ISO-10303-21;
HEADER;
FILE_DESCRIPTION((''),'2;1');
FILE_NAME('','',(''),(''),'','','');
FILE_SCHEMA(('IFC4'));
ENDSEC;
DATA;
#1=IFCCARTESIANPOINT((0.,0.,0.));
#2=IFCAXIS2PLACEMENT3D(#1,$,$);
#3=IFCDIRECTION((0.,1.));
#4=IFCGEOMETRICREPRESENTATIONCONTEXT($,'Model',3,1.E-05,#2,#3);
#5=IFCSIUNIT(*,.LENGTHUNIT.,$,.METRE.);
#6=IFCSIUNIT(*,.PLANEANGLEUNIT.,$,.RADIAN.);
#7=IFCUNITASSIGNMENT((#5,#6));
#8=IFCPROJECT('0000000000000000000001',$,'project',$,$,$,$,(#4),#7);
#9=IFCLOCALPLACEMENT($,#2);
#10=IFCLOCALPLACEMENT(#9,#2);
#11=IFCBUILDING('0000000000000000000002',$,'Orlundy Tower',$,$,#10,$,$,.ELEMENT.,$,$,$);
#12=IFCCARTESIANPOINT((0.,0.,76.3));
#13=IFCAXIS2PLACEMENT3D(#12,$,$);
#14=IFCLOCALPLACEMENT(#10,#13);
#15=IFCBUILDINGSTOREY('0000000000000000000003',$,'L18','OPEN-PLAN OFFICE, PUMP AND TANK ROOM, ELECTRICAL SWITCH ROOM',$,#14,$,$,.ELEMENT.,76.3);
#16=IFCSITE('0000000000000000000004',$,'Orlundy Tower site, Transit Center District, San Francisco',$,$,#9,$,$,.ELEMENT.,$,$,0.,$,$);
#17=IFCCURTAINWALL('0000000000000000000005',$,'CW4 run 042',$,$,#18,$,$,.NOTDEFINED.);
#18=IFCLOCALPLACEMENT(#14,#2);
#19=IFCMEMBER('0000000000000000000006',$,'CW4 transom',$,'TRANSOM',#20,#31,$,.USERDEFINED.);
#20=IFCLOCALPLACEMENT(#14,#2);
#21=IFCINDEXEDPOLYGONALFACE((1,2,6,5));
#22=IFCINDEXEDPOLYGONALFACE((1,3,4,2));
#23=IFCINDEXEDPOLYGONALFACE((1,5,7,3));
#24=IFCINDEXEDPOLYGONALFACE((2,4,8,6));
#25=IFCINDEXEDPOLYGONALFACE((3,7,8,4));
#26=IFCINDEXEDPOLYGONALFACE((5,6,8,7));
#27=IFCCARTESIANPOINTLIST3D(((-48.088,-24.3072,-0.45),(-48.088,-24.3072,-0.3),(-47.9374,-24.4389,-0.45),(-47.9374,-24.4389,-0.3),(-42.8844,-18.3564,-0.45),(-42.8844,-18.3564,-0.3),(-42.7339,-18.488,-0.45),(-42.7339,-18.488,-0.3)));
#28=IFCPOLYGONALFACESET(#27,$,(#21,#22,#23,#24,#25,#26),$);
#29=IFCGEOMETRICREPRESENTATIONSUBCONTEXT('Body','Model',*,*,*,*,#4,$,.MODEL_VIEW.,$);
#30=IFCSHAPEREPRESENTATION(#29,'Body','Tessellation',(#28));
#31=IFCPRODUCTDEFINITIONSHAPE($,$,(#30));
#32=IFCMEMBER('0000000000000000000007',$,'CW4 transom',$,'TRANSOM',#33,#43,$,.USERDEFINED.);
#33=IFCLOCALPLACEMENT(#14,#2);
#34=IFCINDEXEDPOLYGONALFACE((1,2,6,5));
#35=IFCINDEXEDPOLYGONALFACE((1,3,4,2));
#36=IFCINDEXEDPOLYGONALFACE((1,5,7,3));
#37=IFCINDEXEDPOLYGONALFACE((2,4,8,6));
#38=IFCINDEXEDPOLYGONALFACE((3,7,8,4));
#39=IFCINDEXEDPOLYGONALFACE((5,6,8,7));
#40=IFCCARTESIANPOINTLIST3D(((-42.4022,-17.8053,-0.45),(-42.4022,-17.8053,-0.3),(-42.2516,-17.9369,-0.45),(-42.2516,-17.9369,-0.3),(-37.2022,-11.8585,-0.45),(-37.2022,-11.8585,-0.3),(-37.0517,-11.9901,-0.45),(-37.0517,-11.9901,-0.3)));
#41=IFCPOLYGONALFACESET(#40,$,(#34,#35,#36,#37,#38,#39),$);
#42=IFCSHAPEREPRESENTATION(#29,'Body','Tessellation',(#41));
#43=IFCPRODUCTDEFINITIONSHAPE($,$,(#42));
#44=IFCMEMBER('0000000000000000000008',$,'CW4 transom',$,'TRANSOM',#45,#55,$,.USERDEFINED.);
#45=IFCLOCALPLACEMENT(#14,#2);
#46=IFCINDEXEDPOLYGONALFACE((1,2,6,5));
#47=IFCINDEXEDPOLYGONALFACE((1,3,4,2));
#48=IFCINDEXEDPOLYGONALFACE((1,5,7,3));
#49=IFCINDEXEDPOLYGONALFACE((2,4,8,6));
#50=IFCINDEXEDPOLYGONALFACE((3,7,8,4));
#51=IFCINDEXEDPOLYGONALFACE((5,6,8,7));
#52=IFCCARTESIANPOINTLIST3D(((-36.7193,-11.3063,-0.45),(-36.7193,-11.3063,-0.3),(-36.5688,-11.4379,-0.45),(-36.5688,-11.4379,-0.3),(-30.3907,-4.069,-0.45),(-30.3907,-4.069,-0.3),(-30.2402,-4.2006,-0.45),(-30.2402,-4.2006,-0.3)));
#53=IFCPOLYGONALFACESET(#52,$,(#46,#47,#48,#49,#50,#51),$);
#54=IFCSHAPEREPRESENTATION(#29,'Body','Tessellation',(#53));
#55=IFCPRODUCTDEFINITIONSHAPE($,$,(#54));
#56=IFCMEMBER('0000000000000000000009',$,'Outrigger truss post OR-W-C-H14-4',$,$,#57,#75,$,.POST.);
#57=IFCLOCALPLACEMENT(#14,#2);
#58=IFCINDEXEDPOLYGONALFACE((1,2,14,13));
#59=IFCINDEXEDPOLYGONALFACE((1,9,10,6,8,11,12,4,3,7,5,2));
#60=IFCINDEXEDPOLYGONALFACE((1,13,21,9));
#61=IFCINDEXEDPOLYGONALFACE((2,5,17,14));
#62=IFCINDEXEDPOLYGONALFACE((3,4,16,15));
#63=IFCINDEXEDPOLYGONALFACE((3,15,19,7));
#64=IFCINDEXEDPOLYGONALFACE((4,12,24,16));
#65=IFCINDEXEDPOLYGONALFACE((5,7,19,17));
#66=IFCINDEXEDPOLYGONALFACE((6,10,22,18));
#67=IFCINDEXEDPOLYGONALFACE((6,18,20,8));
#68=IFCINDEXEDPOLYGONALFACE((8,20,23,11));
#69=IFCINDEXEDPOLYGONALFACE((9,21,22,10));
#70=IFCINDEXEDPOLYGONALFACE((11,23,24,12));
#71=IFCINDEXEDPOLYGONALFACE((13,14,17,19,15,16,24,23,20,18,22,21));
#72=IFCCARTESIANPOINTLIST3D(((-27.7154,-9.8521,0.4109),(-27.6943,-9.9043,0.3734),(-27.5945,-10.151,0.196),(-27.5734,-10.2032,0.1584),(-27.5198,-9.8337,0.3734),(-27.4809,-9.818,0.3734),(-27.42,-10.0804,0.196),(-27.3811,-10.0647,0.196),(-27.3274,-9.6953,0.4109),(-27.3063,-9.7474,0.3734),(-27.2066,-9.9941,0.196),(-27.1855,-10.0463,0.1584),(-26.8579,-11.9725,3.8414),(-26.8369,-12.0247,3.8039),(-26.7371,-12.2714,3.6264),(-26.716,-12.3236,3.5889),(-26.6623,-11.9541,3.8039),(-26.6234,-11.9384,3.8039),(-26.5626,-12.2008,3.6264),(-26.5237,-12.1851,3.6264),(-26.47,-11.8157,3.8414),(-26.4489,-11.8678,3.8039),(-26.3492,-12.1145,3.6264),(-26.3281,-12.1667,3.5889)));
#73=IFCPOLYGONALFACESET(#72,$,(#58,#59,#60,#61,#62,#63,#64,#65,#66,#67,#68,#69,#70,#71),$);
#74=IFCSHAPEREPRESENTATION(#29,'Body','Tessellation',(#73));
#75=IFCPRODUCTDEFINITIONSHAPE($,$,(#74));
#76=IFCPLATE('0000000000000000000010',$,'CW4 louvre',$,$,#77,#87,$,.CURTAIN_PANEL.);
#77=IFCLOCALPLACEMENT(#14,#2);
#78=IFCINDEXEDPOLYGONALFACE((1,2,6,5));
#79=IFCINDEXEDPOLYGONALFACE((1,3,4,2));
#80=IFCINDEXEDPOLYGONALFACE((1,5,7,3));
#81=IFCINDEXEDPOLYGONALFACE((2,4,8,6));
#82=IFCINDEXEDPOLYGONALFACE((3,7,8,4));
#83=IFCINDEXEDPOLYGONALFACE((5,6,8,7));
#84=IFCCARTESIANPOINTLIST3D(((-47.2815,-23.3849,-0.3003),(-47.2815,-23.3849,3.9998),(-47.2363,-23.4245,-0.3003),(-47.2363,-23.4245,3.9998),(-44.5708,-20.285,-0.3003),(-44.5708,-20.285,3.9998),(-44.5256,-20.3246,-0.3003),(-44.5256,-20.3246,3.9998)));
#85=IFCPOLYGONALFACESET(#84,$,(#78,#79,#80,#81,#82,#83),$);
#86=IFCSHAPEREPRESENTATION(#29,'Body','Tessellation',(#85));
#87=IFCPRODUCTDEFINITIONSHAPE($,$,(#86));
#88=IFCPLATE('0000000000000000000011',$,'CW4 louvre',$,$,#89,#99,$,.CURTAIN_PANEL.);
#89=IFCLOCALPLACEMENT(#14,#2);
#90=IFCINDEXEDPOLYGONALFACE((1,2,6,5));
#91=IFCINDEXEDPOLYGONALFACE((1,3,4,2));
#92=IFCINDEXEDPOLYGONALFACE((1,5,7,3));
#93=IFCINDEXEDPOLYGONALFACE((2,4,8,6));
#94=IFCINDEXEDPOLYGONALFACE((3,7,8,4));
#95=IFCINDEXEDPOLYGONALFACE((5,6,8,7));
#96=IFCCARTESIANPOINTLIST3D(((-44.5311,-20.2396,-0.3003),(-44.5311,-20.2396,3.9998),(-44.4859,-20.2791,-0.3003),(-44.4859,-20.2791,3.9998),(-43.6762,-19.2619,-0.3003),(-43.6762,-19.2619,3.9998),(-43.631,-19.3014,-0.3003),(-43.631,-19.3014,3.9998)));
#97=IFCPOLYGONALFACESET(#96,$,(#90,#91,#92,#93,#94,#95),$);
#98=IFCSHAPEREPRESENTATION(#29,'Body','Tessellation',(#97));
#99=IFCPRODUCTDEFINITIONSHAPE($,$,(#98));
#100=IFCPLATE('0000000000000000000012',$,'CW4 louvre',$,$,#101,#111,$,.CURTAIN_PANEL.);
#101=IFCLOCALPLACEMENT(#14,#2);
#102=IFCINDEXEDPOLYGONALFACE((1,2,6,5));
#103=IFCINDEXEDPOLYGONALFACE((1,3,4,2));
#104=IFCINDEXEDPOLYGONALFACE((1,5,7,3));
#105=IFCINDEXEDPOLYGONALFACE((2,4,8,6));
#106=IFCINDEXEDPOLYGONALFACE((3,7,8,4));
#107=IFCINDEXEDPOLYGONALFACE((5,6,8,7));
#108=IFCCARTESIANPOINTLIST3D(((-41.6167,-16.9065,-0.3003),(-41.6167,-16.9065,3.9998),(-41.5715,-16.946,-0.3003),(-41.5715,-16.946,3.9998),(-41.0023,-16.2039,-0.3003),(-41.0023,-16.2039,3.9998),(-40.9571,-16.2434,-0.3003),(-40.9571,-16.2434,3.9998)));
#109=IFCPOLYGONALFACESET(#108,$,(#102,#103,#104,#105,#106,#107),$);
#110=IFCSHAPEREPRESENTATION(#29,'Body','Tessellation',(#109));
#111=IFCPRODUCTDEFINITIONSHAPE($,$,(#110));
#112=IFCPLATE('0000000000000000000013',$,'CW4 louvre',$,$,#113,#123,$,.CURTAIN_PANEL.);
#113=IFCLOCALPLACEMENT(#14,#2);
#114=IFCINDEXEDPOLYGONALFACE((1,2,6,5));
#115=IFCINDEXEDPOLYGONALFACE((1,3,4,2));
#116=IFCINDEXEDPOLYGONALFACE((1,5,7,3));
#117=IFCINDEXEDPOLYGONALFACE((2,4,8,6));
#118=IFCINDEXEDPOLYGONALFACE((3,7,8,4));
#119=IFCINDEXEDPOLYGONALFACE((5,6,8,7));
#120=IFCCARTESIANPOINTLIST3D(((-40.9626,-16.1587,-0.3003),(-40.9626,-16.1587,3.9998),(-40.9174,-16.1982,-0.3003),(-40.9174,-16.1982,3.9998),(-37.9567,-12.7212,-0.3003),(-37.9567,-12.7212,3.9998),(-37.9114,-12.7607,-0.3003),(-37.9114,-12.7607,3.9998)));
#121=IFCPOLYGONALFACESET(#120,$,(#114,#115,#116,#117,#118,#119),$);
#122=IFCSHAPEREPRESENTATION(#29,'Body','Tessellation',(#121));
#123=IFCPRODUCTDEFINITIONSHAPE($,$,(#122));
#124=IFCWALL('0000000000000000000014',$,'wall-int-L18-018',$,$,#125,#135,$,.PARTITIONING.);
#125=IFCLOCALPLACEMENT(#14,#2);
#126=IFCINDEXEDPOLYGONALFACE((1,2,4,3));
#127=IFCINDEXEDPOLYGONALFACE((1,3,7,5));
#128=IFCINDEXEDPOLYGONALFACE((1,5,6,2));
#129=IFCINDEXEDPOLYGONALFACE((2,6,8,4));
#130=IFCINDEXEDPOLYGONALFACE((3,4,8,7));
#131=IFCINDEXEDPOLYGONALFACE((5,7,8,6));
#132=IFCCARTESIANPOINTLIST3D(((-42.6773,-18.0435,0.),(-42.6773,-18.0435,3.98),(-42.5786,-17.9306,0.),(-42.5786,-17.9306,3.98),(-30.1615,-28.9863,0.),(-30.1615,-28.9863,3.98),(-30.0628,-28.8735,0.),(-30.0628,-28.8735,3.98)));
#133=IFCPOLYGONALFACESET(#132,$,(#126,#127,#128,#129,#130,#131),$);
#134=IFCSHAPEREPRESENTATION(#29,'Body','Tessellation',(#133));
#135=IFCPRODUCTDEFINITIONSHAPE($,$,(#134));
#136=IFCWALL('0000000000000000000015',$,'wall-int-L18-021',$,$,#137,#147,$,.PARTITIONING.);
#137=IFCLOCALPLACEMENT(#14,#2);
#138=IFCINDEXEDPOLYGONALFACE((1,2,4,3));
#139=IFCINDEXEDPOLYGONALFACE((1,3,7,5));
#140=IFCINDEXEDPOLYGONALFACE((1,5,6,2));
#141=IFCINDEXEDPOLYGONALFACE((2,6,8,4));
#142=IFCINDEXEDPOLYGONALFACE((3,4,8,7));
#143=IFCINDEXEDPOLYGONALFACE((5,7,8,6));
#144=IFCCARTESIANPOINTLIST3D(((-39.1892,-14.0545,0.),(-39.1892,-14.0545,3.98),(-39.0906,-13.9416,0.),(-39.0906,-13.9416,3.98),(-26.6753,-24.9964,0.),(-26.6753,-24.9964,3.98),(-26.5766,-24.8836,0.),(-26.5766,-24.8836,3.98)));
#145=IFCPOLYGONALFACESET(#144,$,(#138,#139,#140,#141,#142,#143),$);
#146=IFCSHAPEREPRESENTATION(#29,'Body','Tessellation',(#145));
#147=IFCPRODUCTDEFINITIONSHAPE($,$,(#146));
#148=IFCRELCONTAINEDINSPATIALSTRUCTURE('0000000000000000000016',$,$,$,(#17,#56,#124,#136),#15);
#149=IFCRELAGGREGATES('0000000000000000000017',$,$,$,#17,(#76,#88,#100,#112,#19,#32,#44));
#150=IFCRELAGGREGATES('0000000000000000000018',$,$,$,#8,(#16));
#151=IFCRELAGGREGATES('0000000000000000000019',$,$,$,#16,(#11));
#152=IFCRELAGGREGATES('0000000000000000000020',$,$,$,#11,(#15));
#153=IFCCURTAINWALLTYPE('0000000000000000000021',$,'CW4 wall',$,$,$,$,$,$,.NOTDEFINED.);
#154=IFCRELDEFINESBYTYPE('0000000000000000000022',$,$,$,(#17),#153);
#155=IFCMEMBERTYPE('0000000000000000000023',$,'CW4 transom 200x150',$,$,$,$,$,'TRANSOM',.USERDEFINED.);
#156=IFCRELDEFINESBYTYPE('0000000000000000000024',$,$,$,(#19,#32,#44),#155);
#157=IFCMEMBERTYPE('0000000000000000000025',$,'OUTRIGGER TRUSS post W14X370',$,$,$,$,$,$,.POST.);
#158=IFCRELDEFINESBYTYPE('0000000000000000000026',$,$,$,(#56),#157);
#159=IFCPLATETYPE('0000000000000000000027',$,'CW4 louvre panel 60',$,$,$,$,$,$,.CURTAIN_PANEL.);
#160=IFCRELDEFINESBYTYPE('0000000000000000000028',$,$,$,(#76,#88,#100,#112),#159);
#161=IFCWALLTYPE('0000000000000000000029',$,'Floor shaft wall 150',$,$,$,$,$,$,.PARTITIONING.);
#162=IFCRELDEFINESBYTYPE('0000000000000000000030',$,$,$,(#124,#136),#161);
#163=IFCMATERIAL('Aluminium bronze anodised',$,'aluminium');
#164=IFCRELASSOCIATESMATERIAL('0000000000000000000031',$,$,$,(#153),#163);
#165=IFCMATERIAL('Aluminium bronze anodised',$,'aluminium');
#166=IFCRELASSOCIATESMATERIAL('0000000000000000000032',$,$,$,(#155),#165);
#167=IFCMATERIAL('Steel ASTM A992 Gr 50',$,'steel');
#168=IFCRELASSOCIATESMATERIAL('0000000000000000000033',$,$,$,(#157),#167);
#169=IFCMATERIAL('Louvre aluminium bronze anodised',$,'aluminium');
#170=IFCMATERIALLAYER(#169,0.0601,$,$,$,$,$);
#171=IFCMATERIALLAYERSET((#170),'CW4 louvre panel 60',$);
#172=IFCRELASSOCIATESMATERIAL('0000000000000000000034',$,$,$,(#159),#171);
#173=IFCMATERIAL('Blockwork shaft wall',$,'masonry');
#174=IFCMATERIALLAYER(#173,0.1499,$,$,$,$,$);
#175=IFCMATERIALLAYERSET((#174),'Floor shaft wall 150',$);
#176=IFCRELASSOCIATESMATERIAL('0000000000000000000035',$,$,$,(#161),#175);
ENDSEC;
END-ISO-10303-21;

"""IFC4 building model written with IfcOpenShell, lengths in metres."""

from ifc_helpers import new_model, si_unit, direction, frame, frame_2d, origin, origin_2d, place, context, subcontext, project, spatial, rectangle, i_section, extrude, material, layer, layer_set, material_profile, profile_set, type_object, element, aggregate, save


model = new_model("IFC4")

# Units and contexts
model_context = context("Model", 3, precision=1e-05, world=origin(), true_north=direction((0.0, 1.0)))
body_context = subcontext(model_context, "Body", "Model", "MODEL_VIEW")
ifc_project = project(units=[si_unit("LENGTHUNIT", "METRE"), si_unit("PLANEANGLEUNIT", "RADIAN")], contexts=[model_context])

# Site, building, storey
site_placement = place(None, origin())
site = spatial("IfcSite", under=ifc_project, at=site_placement, Name="Orlundy Tower site, Transit Center District, San Francisco", CompositionType="ELEMENT", RefElevation=0.0)
building_placement = place(site_placement, origin())
building = spatial("IfcBuilding", under=site, at=building_placement, Name="Orlundy Tower", CompositionType="ELEMENT")
storey_placement = place(building_placement, frame((0.0, 0.0, 76.3)))
storey = spatial("IfcBuildingStorey", under=building, at=storey_placement, Name="L18", Description="OPEN-PLAN OFFICE, PUMP AND TANK ROOM, ELECTRICAL SWITCH ROOM", CompositionType="ELEMENT", Elevation=76.3)

# Curtain wall, members
ifc_material_1 = material(Name="Aluminium bronze anodised", Category="aluminium")
curtain_wall_type = type_object("IfcCurtainWallType", Name="CW4 wall", PredefinedType="NOTDEFINED", material=ifc_material_1)
curtain_wall_placement = place(storey_placement, origin())
curtain_wall = element("IfcCurtainWall", 1, at=curtain_wall_placement, inside=storey, type_object=curtain_wall_type, Name="CW4 run 042", PredefinedType="NOTDEFINED")
ifc_material_2 = material(Name="Aluminium bronze anodised", Category="aluminium")
ifc_material_profile_1 = material_profile(ifc_material_2, rectangle(XDim=0.2, YDim=0.1499, at=origin_2d()), Name="CW4 transom 200x150")
ifc_profile_set_1 = profile_set([ifc_material_profile_1], Name="Aluminium bronze anodised")
member_type_1 = type_object("IfcMemberType", Name="CW4 transom 200x150", ElementType="TRANSOM", PredefinedType="USERDEFINED", material=ifc_profile_set_1)
member_1_placement = place(storey_placement, frame((-48.0127, -24.373, -0.375), z_axis=(0.658258, 0.752793, 0.0), x_axis=(-0.752793, 0.658258, 0.0)))
member_1 = element("IfcMember", 2, at=member_1_placement, type_object=member_type_1, Name="CW4 transom", ObjectType="TRANSOM", PredefinedType="USERDEFINED", context=body_context, shape_type="SweptSolid", body=[
    extrude(rectangle(XDim=0.2, YDim=0.1499, at=origin_2d()), origin(), (0.0, 0.0, 1.0), 7.905),
])
member_2_placement = place(storey_placement, frame((-42.3269, -17.8711, -0.375), z_axis=(0.658255, 0.752795, 0.0), x_axis=(-0.752795, 0.658255, 0.0)))
member_2 = element("IfcMember", 3, at=member_2_placement, type_object=member_type_1, Name="CW4 transom", ObjectType="TRANSOM", PredefinedType="USERDEFINED", context=body_context, shape_type="SweptSolid", body=[
    extrude(rectangle(XDim=0.2, YDim=0.1499, at=origin_2d()), origin(), (0.0, 0.0, 1.0), 7.8997),
])
member_3_placement = place(storey_placement, frame((-36.644, -11.3721, -0.375), z_axis=(0.658267, 0.752784, 0.0), x_axis=(-0.752784, 0.658267, 0.0)))
member_3 = element("IfcMember", 4, at=member_3_placement, type_object=member_type_1, Name="CW4 transom", ObjectType="TRANSOM", PredefinedType="USERDEFINED", context=body_context, shape_type="SweptSolid", body=[
    extrude(rectangle(XDim=0.2, YDim=0.1499, at=origin_2d()), origin(), (0.0, 0.0, 1.0), 9.614),
])

# Member
ifc_material_3 = material(Name="Steel ASTM A992 Gr 50", Category="steel")
ifc_material_profile_2 = material_profile(ifc_material_3, i_section(OverallWidth=0.4185, OverallDepth=0.4551, WebThickness=0.042, FlangeThickness=0.0676, at=origin_2d()), Name="W14X370")
ifc_profile_set_2 = profile_set([ifc_material_profile_2], Name="Steel ASTM A992 Gr 50")
member_type_2 = type_object("IfcMemberType", Name="OUTRIGGER TRUSS post W14X370", PredefinedType="POST", material=ifc_profile_set_2)
member_4_placement = place(storey_placement, frame((-27.4504, -9.9492, 0.2847), z_axis=(0.207962, -0.51428, 0.832026), x_axis=(0.927071, 0.374885, 0.0)))
element("IfcMember", 5, at=member_4_placement, inside=storey, type_object=member_type_2, Name="Outrigger truss post OR-W-C-H14-4", PredefinedType="POST", context=body_context, shape_type="SweptSolid", body=[
    extrude(i_section(OverallWidth=0.4185, OverallDepth=0.4551, WebThickness=0.042, FlangeThickness=0.0676, at=origin_2d()), origin(), (0.0, 0.0, 1.0), 4.123),
])

# Plates
ifc_material_4 = material(Name="Louvre aluminium bronze anodised", Category="aluminium")
ifc_layer_1 = layer(ifc_material_4, 0.0601)
ifc_layer_set_1 = layer_set([ifc_layer_1], Name="CW4 louvre panel 60")
plate_type = type_object("IfcPlateType", Name="CW4 louvre panel 60", PredefinedType="CURTAIN_PANEL", material=ifc_layer_set_1)
plate_1_placement = place(storey_placement, frame((-45.9036, -21.8547, -0.3003), z_axis=(0.0, 0.0, 1.0), x_axis=(0.658267, 0.752785, 0.0)))
plate_1 = element("IfcPlate", 6, at=plate_1_placement, type_object=plate_type, Name="CW4 louvre", PredefinedType="CURTAIN_PANEL", context=body_context, shape_type="SweptSolid", body=[
    extrude(rectangle(XDim=4.1179, YDim=0.0601, at=origin_2d()), origin(), (0.0, 0.0, 1.0), 4.3),
])
plate_2_placement = place(storey_placement, frame((-44.0811, -19.7705, -0.3003), z_axis=(0.0, 0.0, 1.0), x_axis=(0.658267, 0.752785, 0.0)))
plate_2 = element("IfcPlate", 7, at=plate_2_placement, type_object=plate_type, Name="CW4 louvre", PredefinedType="CURTAIN_PANEL", context=body_context, shape_type="SweptSolid", body=[
    extrude(rectangle(XDim=1.2988, YDim=0.0601, at=origin_2d()), origin(), (0.0, 0.0, 1.0), 4.3),
])
plate_3_placement = place(storey_placement, frame((-41.2869, -16.575, -0.3003), z_axis=(0.0, 0.0, 1.0), x_axis=(0.658267, 0.752785, 0.0)))
plate_3 = element("IfcPlate", 8, at=plate_3_placement, type_object=plate_type, Name="CW4 louvre", PredefinedType="CURTAIN_PANEL", context=body_context, shape_type="SweptSolid", body=[
    extrude(rectangle(XDim=0.9333, YDim=0.0601, at=origin_2d()), origin(), (0.0, 0.0, 1.0), 4.3),
])
plate_4_placement = place(storey_placement, frame((-39.437, -14.4597, -0.3003), z_axis=(0.0, 0.0, 1.0), x_axis=(0.658267, 0.752785, 0.0)))
plate_4 = element("IfcPlate", 9, at=plate_4_placement, type_object=plate_type, Name="CW4 louvre", PredefinedType="CURTAIN_PANEL", context=body_context, shape_type="SweptSolid", body=[
    extrude(rectangle(XDim=4.5664, YDim=0.0601, at=origin_2d()), origin(), (0.0, 0.0, 1.0), 4.3),
])
aggregate(curtain_wall, [plate_1, plate_2, plate_3, plate_4, member_1, member_2, member_3])

# Walls
ifc_material_5 = material(Name="Blockwork shaft wall", Category="masonry")
ifc_layer_2 = layer(ifc_material_5, 0.1499)
ifc_layer_set_2 = layer_set([ifc_layer_2], Name="Floor shaft wall 150")
wall_type = type_object("IfcWallType", Name="Floor shaft wall 150", PredefinedType="PARTITIONING", material=ifc_layer_set_2)
wall_1_placement = place(storey_placement, frame((-42.6279, -17.9871, 0.0), z_axis=(0.0, 0.0, 1.0), x_axis=(0.75283, -0.658214, 0.0)))
element("IfcWall", 10, at=wall_1_placement, inside=storey, type_object=wall_type, Name="wall-int-L18-018", PredefinedType="PARTITIONING", context=body_context, shape_type="SweptSolid", body=[
    extrude(rectangle(XDim=16.625, YDim=0.1499, at=frame_2d((8.3125, 0.0))), origin(), (0.0, 0.0, 1.0), 3.98),
])
wall_2_placement = place(storey_placement, frame((-39.1399, -13.998, 0.0), z_axis=(0.0, 0.0, 1.0), x_axis=(0.752809, -0.658239, 0.0)))
element("IfcWall", 11, at=wall_2_placement, inside=storey, type_object=wall_type, Name="wall-int-L18-021", PredefinedType="PARTITIONING", context=body_context, shape_type="SweptSolid", body=[
    extrude(rectangle(XDim=16.623, YDim=0.1499, at=frame_2d((8.3115, 0.0))), origin(), (0.0, 0.0, 1.0), 3.98),
])

save(model, "model.ifc")
